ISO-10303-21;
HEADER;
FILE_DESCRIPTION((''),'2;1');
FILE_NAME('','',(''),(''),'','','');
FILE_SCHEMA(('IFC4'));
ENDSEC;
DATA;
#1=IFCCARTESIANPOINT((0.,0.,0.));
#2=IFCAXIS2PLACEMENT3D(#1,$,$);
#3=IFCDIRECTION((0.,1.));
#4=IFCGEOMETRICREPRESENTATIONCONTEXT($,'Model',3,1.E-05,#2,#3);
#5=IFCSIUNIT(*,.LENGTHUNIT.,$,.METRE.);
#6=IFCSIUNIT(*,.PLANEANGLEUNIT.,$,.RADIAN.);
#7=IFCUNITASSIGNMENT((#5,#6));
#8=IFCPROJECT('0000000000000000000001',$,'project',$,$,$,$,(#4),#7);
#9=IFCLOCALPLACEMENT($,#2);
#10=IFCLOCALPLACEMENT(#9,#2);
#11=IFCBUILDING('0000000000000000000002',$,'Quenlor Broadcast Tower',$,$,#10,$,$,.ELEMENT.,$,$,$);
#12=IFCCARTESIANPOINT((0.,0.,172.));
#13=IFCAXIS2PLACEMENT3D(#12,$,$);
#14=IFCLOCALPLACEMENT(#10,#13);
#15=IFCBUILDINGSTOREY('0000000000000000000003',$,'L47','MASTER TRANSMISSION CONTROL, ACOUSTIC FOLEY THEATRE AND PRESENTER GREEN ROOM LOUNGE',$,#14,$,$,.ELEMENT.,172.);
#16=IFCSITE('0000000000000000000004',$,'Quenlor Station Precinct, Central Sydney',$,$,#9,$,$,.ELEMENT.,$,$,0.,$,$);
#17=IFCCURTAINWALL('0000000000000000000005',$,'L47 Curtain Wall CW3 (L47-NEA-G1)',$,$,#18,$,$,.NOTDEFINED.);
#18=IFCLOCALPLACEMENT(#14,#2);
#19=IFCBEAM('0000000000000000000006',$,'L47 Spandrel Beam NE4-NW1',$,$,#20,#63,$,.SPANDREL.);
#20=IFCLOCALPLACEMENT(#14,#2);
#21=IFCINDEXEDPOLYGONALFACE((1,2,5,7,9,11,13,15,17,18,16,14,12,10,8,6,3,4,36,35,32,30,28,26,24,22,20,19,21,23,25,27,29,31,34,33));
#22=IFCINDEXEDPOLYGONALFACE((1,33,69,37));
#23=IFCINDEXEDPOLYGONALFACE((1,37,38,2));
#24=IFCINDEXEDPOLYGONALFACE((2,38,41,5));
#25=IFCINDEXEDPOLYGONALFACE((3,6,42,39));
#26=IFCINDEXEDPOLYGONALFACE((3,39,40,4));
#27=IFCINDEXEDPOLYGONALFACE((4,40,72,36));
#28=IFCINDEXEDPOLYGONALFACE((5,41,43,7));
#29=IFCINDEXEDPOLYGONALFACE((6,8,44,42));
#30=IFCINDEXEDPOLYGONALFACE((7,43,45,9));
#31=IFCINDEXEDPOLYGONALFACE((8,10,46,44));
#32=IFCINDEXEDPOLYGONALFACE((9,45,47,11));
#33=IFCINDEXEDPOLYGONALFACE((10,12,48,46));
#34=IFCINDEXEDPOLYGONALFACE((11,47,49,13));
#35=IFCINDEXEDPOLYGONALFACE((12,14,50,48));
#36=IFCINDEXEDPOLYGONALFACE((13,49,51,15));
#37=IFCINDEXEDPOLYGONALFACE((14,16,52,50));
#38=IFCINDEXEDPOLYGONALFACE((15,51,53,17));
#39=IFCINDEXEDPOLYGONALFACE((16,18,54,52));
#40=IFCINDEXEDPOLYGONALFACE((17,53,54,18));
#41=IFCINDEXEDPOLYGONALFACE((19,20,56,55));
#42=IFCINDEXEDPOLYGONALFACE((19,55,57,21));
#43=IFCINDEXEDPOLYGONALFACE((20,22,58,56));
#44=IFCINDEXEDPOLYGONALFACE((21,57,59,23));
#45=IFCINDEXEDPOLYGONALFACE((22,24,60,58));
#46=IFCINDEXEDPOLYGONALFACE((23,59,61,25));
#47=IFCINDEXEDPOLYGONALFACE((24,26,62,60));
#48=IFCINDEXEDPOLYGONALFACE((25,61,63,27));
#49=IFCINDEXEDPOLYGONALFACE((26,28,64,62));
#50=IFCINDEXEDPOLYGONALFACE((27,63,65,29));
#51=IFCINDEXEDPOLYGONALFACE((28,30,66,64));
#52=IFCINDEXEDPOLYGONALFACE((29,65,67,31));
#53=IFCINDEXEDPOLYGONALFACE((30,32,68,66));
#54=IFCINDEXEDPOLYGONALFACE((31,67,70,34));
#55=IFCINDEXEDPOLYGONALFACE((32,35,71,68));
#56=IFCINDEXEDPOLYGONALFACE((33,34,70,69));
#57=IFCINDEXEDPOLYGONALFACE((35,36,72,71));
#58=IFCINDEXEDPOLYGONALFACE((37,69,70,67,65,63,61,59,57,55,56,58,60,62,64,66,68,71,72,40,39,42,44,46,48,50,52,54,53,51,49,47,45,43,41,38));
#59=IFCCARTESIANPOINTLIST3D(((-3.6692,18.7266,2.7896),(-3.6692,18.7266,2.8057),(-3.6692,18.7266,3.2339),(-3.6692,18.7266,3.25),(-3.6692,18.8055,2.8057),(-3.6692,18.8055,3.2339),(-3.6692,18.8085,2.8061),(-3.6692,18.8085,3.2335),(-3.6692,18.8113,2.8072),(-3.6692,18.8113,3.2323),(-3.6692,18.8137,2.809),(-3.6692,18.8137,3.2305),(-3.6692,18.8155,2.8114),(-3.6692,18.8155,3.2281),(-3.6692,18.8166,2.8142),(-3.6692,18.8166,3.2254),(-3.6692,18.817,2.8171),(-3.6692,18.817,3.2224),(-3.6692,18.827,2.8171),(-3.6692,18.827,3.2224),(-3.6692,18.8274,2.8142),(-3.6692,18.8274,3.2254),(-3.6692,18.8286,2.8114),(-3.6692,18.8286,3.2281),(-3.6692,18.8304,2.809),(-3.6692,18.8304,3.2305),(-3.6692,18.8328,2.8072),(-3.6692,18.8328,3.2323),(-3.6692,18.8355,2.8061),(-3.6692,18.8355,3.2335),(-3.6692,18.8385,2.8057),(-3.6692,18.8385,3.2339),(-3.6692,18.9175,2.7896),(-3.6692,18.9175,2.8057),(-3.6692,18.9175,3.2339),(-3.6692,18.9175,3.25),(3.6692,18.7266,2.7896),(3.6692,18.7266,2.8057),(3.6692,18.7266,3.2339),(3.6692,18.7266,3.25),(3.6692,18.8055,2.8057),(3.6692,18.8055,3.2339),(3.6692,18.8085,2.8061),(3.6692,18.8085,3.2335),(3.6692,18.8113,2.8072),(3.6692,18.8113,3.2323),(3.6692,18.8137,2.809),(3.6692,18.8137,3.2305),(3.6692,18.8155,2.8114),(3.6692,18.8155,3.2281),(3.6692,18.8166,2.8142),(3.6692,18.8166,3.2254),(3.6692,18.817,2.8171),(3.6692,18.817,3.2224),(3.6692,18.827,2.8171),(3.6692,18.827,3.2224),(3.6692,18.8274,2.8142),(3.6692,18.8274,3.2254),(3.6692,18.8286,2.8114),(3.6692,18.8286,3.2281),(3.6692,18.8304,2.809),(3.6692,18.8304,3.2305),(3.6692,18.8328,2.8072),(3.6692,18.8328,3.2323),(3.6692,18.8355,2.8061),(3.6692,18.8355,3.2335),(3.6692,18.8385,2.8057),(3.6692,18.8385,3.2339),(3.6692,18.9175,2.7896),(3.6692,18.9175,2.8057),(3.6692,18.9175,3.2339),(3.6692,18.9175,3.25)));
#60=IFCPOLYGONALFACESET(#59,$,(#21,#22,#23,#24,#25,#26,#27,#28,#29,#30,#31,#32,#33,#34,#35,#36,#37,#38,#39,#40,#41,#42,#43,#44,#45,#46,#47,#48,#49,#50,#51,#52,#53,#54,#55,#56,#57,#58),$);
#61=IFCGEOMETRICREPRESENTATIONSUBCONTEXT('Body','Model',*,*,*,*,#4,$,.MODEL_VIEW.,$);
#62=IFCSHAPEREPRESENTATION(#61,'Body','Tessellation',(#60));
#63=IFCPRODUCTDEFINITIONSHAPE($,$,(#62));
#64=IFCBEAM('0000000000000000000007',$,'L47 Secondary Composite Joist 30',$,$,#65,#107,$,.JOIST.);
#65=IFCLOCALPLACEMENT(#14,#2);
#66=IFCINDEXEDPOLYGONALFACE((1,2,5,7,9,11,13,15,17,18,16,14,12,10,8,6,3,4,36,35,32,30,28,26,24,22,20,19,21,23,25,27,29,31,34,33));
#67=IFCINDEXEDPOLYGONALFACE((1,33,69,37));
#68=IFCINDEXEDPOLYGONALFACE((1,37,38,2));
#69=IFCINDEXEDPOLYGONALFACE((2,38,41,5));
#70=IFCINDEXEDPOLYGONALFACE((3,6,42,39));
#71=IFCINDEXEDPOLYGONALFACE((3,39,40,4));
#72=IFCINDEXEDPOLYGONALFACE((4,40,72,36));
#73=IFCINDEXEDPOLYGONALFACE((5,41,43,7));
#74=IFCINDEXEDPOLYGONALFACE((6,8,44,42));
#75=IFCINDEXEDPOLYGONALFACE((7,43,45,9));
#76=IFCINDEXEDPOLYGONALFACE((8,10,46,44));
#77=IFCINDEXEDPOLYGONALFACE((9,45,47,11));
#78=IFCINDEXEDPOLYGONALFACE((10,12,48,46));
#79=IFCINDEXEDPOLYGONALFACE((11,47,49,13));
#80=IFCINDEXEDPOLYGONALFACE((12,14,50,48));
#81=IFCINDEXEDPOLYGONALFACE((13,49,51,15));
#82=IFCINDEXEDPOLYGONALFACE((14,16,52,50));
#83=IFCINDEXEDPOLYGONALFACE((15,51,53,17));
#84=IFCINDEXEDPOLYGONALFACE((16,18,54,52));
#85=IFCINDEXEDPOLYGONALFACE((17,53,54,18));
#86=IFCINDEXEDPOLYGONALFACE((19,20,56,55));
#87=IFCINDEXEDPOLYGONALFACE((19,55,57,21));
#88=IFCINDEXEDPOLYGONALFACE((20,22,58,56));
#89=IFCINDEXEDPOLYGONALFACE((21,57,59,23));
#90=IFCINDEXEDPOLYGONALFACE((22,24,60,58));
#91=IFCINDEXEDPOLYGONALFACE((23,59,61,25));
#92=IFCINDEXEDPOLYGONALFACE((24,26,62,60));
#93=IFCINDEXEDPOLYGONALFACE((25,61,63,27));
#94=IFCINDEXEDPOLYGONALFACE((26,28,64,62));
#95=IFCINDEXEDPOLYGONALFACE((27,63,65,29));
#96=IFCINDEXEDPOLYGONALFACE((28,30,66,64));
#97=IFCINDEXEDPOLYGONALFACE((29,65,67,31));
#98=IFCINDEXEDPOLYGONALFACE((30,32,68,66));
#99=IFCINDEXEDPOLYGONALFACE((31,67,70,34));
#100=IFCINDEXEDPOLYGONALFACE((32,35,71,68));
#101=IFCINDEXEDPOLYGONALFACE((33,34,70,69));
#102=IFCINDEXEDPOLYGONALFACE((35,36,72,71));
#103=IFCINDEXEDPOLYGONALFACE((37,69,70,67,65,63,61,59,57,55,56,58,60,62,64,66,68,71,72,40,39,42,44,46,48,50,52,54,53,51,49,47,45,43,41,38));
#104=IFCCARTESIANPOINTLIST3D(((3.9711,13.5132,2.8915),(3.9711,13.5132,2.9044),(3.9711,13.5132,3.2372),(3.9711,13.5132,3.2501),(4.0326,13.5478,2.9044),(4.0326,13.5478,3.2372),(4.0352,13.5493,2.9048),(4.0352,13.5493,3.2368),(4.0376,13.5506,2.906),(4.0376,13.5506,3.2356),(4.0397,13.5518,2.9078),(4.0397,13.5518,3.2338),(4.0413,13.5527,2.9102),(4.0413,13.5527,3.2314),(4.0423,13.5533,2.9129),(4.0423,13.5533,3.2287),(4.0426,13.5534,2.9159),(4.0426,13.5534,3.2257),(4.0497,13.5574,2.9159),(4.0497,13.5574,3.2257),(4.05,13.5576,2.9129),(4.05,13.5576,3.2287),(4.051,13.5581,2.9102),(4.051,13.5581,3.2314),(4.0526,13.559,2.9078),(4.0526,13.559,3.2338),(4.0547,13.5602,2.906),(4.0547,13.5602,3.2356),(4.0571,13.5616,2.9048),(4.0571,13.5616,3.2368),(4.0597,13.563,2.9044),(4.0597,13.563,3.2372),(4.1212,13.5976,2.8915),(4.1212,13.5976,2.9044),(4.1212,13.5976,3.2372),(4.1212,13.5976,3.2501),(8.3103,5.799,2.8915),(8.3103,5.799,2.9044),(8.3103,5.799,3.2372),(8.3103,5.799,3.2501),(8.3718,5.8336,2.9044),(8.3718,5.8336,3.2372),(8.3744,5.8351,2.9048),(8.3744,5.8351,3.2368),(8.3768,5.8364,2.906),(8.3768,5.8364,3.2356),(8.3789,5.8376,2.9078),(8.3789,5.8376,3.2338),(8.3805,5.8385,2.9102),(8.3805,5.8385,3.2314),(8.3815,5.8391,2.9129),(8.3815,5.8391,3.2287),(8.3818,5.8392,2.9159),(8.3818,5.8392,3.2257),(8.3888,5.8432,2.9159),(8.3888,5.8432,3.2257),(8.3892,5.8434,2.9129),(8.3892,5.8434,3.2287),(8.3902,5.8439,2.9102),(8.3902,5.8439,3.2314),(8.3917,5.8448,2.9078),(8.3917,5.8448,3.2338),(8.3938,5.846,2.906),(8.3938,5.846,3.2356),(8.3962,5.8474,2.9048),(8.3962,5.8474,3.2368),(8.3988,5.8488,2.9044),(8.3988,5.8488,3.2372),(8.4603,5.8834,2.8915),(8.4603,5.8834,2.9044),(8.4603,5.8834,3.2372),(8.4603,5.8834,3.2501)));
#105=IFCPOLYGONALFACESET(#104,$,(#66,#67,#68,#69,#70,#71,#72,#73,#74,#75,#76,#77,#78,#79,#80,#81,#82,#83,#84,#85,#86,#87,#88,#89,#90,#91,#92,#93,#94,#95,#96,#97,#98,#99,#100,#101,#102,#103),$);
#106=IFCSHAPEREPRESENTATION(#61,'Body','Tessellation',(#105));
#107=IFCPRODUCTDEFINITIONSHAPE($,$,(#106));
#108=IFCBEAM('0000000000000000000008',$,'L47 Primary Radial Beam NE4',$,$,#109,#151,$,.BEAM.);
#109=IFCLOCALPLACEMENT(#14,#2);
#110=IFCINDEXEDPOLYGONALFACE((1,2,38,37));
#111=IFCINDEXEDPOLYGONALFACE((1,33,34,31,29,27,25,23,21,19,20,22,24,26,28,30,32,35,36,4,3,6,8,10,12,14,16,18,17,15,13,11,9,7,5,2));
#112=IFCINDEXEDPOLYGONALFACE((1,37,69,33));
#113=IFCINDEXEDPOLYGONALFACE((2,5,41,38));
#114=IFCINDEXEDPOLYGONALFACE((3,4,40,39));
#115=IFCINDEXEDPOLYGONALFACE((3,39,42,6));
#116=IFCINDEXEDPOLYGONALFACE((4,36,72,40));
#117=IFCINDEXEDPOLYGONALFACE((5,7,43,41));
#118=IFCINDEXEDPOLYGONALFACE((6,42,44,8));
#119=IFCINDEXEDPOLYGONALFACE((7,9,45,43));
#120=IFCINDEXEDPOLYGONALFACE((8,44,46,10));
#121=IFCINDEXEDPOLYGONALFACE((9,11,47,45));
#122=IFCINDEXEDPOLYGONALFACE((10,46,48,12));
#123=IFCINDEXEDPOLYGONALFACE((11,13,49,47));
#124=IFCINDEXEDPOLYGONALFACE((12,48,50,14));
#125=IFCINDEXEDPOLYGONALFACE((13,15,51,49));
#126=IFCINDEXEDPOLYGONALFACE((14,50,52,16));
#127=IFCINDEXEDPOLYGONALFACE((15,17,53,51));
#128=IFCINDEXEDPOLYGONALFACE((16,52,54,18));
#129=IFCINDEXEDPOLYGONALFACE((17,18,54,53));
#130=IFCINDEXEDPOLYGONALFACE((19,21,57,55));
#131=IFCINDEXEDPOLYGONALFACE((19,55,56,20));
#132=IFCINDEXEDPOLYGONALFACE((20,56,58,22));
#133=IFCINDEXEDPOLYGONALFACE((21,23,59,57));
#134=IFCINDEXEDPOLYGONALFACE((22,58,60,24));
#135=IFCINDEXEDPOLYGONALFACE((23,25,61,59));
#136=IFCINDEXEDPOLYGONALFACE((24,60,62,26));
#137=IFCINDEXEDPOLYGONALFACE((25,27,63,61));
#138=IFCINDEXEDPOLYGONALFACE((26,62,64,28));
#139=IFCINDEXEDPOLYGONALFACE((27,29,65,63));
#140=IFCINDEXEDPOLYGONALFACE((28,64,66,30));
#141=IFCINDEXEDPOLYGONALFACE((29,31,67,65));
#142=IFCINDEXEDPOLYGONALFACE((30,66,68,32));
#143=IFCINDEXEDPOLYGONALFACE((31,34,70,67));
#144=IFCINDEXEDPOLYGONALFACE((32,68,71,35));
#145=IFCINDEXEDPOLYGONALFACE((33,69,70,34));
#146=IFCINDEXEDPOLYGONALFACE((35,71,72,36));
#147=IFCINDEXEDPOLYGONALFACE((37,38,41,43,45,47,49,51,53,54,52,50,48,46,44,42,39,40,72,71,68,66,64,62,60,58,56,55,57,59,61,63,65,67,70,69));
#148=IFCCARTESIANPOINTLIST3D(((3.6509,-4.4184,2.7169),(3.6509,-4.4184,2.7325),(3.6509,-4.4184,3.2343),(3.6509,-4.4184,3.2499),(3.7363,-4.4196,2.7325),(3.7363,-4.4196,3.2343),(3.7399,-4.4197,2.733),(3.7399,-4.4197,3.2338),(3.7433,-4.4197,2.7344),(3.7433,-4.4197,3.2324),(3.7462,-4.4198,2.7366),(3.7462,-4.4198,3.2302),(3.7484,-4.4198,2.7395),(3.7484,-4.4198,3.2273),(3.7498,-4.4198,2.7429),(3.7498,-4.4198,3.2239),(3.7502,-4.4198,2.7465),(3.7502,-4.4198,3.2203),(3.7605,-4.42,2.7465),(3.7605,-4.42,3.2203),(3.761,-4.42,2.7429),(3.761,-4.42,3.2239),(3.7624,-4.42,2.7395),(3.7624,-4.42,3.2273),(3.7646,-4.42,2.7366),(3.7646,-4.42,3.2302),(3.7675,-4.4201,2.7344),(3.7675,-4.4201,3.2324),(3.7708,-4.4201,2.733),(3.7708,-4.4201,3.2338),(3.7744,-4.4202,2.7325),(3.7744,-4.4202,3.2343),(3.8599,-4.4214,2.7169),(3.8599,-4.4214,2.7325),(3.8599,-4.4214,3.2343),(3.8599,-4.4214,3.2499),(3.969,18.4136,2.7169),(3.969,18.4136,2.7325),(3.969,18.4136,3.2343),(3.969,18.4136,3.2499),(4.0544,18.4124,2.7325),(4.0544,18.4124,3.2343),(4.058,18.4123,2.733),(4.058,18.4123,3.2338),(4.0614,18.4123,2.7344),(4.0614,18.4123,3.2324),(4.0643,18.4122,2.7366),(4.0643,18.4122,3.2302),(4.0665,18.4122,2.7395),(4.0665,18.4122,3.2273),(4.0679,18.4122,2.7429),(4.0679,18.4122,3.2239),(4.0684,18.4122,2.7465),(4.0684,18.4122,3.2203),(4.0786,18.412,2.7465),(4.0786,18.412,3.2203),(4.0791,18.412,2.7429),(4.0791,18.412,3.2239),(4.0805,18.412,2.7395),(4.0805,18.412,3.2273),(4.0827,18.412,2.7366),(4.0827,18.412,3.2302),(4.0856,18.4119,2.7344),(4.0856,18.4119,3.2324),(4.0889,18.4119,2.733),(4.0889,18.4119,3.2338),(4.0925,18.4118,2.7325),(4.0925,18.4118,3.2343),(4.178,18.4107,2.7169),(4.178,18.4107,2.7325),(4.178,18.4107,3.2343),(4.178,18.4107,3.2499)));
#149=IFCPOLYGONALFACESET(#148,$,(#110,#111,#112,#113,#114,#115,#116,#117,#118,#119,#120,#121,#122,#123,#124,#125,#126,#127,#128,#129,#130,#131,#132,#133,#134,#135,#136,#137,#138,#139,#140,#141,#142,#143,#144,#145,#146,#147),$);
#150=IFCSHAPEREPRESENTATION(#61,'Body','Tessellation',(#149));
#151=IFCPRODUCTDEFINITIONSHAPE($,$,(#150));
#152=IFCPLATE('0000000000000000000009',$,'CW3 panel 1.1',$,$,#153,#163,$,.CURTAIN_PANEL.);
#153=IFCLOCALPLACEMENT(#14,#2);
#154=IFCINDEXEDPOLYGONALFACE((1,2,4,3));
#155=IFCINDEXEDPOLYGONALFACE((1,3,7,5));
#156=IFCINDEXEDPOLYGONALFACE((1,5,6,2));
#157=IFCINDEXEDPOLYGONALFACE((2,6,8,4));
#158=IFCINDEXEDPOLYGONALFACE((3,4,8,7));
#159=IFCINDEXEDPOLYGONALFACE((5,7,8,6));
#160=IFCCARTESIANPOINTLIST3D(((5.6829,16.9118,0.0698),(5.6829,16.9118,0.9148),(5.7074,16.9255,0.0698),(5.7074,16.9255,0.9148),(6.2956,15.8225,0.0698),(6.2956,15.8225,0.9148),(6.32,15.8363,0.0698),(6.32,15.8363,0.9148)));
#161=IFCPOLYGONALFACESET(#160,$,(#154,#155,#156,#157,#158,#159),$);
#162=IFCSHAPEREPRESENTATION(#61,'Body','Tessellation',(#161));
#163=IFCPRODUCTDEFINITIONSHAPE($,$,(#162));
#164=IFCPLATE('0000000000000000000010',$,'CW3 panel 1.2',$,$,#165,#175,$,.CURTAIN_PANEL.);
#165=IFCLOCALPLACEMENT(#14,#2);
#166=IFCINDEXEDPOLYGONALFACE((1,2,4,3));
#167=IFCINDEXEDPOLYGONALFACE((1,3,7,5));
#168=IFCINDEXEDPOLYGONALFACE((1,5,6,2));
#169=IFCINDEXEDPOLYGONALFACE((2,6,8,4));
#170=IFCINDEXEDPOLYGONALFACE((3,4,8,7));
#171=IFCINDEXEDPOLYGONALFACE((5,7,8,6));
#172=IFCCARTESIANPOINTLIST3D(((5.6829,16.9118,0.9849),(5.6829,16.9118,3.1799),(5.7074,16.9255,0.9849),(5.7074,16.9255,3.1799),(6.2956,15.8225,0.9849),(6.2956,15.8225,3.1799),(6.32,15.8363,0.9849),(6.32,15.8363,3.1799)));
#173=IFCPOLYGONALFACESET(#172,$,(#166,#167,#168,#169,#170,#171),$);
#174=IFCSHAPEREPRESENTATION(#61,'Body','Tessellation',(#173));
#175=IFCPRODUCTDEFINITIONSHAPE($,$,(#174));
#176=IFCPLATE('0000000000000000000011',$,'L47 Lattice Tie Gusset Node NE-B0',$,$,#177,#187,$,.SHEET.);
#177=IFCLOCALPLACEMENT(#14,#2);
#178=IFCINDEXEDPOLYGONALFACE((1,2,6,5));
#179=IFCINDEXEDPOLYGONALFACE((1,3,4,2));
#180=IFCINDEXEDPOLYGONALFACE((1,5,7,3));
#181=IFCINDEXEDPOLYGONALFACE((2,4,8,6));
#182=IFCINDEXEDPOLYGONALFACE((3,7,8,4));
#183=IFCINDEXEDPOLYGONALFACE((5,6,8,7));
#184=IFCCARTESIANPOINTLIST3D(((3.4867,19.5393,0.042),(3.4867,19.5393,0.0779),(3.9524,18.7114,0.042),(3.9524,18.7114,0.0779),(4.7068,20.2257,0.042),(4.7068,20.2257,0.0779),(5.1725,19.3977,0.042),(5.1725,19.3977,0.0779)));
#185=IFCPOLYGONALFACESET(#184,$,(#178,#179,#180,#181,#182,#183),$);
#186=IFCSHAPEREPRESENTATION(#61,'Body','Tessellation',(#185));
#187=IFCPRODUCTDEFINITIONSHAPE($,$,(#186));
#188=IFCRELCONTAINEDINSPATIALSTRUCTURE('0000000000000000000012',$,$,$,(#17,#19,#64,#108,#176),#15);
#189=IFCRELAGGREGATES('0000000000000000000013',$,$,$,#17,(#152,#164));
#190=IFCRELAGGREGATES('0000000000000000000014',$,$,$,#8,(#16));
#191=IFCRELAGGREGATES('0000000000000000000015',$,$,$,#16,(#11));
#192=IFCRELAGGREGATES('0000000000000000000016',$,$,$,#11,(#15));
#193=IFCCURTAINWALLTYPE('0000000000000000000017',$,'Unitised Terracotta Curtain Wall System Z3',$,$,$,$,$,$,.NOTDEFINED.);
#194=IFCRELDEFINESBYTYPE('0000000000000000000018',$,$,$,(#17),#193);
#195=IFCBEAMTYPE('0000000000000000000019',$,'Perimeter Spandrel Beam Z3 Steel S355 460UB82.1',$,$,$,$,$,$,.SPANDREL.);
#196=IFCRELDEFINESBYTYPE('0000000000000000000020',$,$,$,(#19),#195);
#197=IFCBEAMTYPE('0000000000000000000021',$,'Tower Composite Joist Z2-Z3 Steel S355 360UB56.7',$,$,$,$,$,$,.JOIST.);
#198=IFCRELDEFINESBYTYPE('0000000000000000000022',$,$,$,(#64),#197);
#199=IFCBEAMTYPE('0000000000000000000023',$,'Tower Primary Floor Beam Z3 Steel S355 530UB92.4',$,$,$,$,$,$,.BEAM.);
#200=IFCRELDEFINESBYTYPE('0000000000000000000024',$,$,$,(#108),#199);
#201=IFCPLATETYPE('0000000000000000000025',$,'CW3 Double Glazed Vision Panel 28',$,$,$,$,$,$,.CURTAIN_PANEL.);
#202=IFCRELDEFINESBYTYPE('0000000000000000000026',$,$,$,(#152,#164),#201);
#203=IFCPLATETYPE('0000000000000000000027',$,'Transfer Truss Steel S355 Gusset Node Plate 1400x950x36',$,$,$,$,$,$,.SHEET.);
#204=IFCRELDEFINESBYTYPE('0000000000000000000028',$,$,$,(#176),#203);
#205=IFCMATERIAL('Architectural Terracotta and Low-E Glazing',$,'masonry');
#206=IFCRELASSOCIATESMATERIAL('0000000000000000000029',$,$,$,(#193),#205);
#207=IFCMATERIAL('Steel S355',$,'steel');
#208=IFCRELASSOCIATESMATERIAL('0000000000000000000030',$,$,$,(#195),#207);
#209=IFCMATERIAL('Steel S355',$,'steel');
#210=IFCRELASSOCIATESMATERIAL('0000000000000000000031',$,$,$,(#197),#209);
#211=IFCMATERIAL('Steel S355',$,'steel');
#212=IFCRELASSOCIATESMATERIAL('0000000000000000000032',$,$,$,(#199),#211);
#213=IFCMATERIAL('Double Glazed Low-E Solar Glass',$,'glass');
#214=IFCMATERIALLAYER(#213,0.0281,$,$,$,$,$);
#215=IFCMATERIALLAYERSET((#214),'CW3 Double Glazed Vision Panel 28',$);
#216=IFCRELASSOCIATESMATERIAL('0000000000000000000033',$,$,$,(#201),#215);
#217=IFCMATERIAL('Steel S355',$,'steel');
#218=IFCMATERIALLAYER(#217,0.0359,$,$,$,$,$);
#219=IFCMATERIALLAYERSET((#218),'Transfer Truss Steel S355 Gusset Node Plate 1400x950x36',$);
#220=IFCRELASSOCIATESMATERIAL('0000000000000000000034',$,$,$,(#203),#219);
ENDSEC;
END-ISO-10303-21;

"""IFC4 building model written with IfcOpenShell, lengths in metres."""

from ifc_helpers import new_model, si_unit, direction, frame, origin, origin_2d, place, context, subcontext, project, spatial, rectangle, i_section, extrude, material, layer, layer_set, material_profile, profile_set, type_object, element, aggregate, save


model = new_model("IFC4")

# Units and contexts
model_context = context("Model", 3, precision=1e-05, world=origin(), true_north=direction((0.0, 1.0)))
body_context = subcontext(model_context, "Body", "Model", "MODEL_VIEW")
ifc_project = project(units=[si_unit("LENGTHUNIT", "METRE"), si_unit("PLANEANGLEUNIT", "RADIAN")], contexts=[model_context])

# Site, building, storey
site_placement = place(None, origin())
site = spatial("IfcSite", under=ifc_project, at=site_placement, Name="Quenlor Station Precinct, Central Sydney", CompositionType="ELEMENT", RefElevation=0.0)
building_placement = place(site_placement, origin())
building = spatial("IfcBuilding", under=site, at=building_placement, Name="Quenlor Broadcast Tower", CompositionType="ELEMENT")
storey_placement = place(building_placement, frame((0.0, 0.0, 172.0)))
storey = spatial("IfcBuildingStorey", under=building, at=storey_placement, Name="L47", Description="MASTER TRANSMISSION CONTROL, ACOUSTIC FOLEY THEATRE AND PRESENTER GREEN ROOM LOUNGE", CompositionType="ELEMENT", Elevation=172.0)

# Curtain wall
ifc_material_1 = material(Name="Architectural Terracotta and Low-E Glazing", Category="masonry")
curtain_wall_type = type_object("IfcCurtainWallType", Name="Unitised Terracotta Curtain Wall System Z3", PredefinedType="NOTDEFINED", material=ifc_material_1)
curtain_wall_1_placement = place(storey_placement, origin())
curtain_wall_1 = element("IfcCurtainWall", 1, at=curtain_wall_1_placement, inside=storey, type_object=curtain_wall_type, Name="L47 Curtain Wall CW3 (L47-NEA-G1)", PredefinedType="NOTDEFINED")

# Beams
ifc_material_2 = material(Name="Steel S355", Category="steel")
ifc_material_profile_1 = material_profile(ifc_material_2, i_section(OverallWidth=0.1909, OverallDepth=0.4604, WebThickness=0.01, FlangeThickness=0.0161, FilletRadius=0.0115, at=origin_2d()))
ifc_profile_set_1 = profile_set([ifc_material_profile_1], Name="Steel S355 460UB82.1")
beam_type_1 = type_object("IfcBeamType", Name="Perimeter Spandrel Beam Z3 Steel S355 460UB82.1", PredefinedType="SPANDREL", material=ifc_profile_set_1)
beam_1_placement = place(storey_placement, frame((3.6692, 18.822, 3.0198), z_axis=(-1.0, 0.0, 0.0), x_axis=(0.0, -1.0, 0.0)))
element("IfcBeam", 2, at=beam_1_placement, inside=storey, type_object=beam_type_1, Name="L47 Spandrel Beam NE4-NW1", PredefinedType="SPANDREL", context=body_context, shape_type="SweptSolid", body=[
    extrude(i_section(OverallWidth=0.1909, OverallDepth=0.4604, WebThickness=0.01, FlangeThickness=0.0161, FilletRadius=0.0115, at=origin_2d()), origin(), (0.0, 0.0, 1.0), 7.3384),
])
ifc_material_3 = material(Name="Steel S355", Category="steel")
ifc_material_profile_2 = material_profile(ifc_material_3, i_section(OverallWidth=0.1721, OverallDepth=0.3586, WebThickness=0.0081, FlangeThickness=0.0129, FilletRadius=0.0115, at=origin_2d()))
ifc_profile_set_2 = profile_set([ifc_material_profile_2], Name="Steel S355 360UB56.7")
beam_type_2 = type_object("IfcBeamType", Name="Tower Composite Joist Z2-Z3 Steel S355 360UB56.7", PredefinedType="JOIST", material=ifc_profile_set_2)
beam_2_placement = place(storey_placement, frame((4.0461, 13.5554, 3.0708), z_axis=(0.490255, -0.871579, 0.0), x_axis=(0.871579, 0.490255, 0.0)))
element("IfcBeam", 3, at=beam_2_placement, inside=storey, type_object=beam_type_2, Name="L47 Secondary Composite Joist 30", PredefinedType="JOIST", context=body_context, shape_type="SweptSolid", body=[
    extrude(i_section(OverallWidth=0.1721, OverallDepth=0.3586, WebThickness=0.0081, FlangeThickness=0.0129, FilletRadius=0.0115, at=origin_2d()), origin(), (0.0, 0.0, 1.0), 8.8508),
])
ifc_material_4 = material(Name="Steel S355", Category="steel")
ifc_material_profile_3 = material_profile(ifc_material_4, i_section(OverallWidth=0.209, OverallDepth=0.533, WebThickness=0.0103, FlangeThickness=0.0156, FilletRadius=0.0139, at=origin_2d()))
ifc_profile_set_3 = profile_set([ifc_material_profile_3], Name="Steel S355 530UB92.4")
beam_type_3 = type_object("IfcBeamType", Name="Tower Primary Floor Beam Z3 Steel S355 530UB92.4", PredefinedType="BEAM", material=ifc_profile_set_3)
beam_3_placement = place(storey_placement, frame((4.0735, 18.4121, 2.9834), z_axis=(-0.013931, -0.999903, 0.0), x_axis=(0.999903, -0.013931, 0.0)))
element("IfcBeam", 4, at=beam_3_placement, inside=storey, type_object=beam_type_3, Name="L47 Primary Radial Beam NE4", PredefinedType="BEAM", context=body_context, shape_type="SweptSolid", body=[
    extrude(i_section(OverallWidth=0.209, OverallDepth=0.533, WebThickness=0.0103, FlangeThickness=0.0156, FilletRadius=0.0139, at=origin_2d()), origin(), (0.0, 0.0, 1.0), 22.8342),
])

# Plates
ifc_material_5 = material(Name="Double Glazed Low-E Solar Glass", Category="glass")
ifc_layer_1 = layer(ifc_material_5, 0.0281)
ifc_layer_set_1 = layer_set([ifc_layer_1], Name="CW3 Double Glazed Vision Panel 28")
plate_type_1 = type_object("IfcPlateType", Name="CW3 Double Glazed Vision Panel 28", PredefinedType="CURTAIN_PANEL", material=ifc_layer_set_1)
plate_1_placement = place(storey_placement, frame((6.0015, 16.374, 0.0698), z_axis=(0.0, 0.0, 1.0), x_axis=(0.49023, -0.871593, 0.0)))
plate_1 = element("IfcPlate", 5, at=plate_1_placement, type_object=plate_type_1, Name="CW3 panel 1.1", PredefinedType="CURTAIN_PANEL", context=body_context, shape_type="SweptSolid", body=[
    extrude(rectangle(XDim=1.2498, YDim=0.0281, at=origin_2d()), origin(), (0.0, 0.0, 1.0), 0.845),
])
plate_2_placement = place(storey_placement, frame((6.0015, 16.374, 0.9849), z_axis=(0.0, 0.0, 1.0), x_axis=(0.49023, -0.871593, 0.0)))
plate_2 = element("IfcPlate", 6, at=plate_2_placement, type_object=plate_type_1, Name="CW3 panel 1.2", PredefinedType="CURTAIN_PANEL", context=body_context, shape_type="SweptSolid", body=[
    extrude(rectangle(XDim=1.2498, YDim=0.0281, at=origin_2d()), origin(), (0.0, 0.0, 1.0), 2.1951),
])
aggregate(curtain_wall_1, [plate_1, plate_2])

# Plate
ifc_material_6 = material(Name="Steel S355", Category="steel")
ifc_layer_2 = layer(ifc_material_6, 0.0359)
ifc_layer_set_2 = layer_set([ifc_layer_2], Name="Transfer Truss Steel S355 Gusset Node Plate 1400x950x36")
plate_type_2 = type_object("IfcPlateType", Name="Transfer Truss Steel S355 Gusset Node Plate 1400x950x36", PredefinedType="SHEET", material=ifc_layer_set_2)
for number, where, z_axis, x_axis, name in (
    (7, (4.3296, 19.4685, 0.042), (0.0, 0.0, 1.0), (0.871556, 0.490295, 0.0), "L47 Lattice Tie Gusset Node NE-B0"),
):
    element("IfcPlate", number, at=place(storey_placement, frame(where, z_axis=z_axis, x_axis=x_axis)), inside=storey, type_object=plate_type_2, Name=name, PredefinedType="SHEET", context=body_context, shape_type="SweptSolid", body=[
        extrude(rectangle(XDim=1.3999, YDim=0.95, at=origin_2d()), origin(), (0.0, 0.0, 1.0), 0.0359),
    ])

save(model, "model.ifc")
